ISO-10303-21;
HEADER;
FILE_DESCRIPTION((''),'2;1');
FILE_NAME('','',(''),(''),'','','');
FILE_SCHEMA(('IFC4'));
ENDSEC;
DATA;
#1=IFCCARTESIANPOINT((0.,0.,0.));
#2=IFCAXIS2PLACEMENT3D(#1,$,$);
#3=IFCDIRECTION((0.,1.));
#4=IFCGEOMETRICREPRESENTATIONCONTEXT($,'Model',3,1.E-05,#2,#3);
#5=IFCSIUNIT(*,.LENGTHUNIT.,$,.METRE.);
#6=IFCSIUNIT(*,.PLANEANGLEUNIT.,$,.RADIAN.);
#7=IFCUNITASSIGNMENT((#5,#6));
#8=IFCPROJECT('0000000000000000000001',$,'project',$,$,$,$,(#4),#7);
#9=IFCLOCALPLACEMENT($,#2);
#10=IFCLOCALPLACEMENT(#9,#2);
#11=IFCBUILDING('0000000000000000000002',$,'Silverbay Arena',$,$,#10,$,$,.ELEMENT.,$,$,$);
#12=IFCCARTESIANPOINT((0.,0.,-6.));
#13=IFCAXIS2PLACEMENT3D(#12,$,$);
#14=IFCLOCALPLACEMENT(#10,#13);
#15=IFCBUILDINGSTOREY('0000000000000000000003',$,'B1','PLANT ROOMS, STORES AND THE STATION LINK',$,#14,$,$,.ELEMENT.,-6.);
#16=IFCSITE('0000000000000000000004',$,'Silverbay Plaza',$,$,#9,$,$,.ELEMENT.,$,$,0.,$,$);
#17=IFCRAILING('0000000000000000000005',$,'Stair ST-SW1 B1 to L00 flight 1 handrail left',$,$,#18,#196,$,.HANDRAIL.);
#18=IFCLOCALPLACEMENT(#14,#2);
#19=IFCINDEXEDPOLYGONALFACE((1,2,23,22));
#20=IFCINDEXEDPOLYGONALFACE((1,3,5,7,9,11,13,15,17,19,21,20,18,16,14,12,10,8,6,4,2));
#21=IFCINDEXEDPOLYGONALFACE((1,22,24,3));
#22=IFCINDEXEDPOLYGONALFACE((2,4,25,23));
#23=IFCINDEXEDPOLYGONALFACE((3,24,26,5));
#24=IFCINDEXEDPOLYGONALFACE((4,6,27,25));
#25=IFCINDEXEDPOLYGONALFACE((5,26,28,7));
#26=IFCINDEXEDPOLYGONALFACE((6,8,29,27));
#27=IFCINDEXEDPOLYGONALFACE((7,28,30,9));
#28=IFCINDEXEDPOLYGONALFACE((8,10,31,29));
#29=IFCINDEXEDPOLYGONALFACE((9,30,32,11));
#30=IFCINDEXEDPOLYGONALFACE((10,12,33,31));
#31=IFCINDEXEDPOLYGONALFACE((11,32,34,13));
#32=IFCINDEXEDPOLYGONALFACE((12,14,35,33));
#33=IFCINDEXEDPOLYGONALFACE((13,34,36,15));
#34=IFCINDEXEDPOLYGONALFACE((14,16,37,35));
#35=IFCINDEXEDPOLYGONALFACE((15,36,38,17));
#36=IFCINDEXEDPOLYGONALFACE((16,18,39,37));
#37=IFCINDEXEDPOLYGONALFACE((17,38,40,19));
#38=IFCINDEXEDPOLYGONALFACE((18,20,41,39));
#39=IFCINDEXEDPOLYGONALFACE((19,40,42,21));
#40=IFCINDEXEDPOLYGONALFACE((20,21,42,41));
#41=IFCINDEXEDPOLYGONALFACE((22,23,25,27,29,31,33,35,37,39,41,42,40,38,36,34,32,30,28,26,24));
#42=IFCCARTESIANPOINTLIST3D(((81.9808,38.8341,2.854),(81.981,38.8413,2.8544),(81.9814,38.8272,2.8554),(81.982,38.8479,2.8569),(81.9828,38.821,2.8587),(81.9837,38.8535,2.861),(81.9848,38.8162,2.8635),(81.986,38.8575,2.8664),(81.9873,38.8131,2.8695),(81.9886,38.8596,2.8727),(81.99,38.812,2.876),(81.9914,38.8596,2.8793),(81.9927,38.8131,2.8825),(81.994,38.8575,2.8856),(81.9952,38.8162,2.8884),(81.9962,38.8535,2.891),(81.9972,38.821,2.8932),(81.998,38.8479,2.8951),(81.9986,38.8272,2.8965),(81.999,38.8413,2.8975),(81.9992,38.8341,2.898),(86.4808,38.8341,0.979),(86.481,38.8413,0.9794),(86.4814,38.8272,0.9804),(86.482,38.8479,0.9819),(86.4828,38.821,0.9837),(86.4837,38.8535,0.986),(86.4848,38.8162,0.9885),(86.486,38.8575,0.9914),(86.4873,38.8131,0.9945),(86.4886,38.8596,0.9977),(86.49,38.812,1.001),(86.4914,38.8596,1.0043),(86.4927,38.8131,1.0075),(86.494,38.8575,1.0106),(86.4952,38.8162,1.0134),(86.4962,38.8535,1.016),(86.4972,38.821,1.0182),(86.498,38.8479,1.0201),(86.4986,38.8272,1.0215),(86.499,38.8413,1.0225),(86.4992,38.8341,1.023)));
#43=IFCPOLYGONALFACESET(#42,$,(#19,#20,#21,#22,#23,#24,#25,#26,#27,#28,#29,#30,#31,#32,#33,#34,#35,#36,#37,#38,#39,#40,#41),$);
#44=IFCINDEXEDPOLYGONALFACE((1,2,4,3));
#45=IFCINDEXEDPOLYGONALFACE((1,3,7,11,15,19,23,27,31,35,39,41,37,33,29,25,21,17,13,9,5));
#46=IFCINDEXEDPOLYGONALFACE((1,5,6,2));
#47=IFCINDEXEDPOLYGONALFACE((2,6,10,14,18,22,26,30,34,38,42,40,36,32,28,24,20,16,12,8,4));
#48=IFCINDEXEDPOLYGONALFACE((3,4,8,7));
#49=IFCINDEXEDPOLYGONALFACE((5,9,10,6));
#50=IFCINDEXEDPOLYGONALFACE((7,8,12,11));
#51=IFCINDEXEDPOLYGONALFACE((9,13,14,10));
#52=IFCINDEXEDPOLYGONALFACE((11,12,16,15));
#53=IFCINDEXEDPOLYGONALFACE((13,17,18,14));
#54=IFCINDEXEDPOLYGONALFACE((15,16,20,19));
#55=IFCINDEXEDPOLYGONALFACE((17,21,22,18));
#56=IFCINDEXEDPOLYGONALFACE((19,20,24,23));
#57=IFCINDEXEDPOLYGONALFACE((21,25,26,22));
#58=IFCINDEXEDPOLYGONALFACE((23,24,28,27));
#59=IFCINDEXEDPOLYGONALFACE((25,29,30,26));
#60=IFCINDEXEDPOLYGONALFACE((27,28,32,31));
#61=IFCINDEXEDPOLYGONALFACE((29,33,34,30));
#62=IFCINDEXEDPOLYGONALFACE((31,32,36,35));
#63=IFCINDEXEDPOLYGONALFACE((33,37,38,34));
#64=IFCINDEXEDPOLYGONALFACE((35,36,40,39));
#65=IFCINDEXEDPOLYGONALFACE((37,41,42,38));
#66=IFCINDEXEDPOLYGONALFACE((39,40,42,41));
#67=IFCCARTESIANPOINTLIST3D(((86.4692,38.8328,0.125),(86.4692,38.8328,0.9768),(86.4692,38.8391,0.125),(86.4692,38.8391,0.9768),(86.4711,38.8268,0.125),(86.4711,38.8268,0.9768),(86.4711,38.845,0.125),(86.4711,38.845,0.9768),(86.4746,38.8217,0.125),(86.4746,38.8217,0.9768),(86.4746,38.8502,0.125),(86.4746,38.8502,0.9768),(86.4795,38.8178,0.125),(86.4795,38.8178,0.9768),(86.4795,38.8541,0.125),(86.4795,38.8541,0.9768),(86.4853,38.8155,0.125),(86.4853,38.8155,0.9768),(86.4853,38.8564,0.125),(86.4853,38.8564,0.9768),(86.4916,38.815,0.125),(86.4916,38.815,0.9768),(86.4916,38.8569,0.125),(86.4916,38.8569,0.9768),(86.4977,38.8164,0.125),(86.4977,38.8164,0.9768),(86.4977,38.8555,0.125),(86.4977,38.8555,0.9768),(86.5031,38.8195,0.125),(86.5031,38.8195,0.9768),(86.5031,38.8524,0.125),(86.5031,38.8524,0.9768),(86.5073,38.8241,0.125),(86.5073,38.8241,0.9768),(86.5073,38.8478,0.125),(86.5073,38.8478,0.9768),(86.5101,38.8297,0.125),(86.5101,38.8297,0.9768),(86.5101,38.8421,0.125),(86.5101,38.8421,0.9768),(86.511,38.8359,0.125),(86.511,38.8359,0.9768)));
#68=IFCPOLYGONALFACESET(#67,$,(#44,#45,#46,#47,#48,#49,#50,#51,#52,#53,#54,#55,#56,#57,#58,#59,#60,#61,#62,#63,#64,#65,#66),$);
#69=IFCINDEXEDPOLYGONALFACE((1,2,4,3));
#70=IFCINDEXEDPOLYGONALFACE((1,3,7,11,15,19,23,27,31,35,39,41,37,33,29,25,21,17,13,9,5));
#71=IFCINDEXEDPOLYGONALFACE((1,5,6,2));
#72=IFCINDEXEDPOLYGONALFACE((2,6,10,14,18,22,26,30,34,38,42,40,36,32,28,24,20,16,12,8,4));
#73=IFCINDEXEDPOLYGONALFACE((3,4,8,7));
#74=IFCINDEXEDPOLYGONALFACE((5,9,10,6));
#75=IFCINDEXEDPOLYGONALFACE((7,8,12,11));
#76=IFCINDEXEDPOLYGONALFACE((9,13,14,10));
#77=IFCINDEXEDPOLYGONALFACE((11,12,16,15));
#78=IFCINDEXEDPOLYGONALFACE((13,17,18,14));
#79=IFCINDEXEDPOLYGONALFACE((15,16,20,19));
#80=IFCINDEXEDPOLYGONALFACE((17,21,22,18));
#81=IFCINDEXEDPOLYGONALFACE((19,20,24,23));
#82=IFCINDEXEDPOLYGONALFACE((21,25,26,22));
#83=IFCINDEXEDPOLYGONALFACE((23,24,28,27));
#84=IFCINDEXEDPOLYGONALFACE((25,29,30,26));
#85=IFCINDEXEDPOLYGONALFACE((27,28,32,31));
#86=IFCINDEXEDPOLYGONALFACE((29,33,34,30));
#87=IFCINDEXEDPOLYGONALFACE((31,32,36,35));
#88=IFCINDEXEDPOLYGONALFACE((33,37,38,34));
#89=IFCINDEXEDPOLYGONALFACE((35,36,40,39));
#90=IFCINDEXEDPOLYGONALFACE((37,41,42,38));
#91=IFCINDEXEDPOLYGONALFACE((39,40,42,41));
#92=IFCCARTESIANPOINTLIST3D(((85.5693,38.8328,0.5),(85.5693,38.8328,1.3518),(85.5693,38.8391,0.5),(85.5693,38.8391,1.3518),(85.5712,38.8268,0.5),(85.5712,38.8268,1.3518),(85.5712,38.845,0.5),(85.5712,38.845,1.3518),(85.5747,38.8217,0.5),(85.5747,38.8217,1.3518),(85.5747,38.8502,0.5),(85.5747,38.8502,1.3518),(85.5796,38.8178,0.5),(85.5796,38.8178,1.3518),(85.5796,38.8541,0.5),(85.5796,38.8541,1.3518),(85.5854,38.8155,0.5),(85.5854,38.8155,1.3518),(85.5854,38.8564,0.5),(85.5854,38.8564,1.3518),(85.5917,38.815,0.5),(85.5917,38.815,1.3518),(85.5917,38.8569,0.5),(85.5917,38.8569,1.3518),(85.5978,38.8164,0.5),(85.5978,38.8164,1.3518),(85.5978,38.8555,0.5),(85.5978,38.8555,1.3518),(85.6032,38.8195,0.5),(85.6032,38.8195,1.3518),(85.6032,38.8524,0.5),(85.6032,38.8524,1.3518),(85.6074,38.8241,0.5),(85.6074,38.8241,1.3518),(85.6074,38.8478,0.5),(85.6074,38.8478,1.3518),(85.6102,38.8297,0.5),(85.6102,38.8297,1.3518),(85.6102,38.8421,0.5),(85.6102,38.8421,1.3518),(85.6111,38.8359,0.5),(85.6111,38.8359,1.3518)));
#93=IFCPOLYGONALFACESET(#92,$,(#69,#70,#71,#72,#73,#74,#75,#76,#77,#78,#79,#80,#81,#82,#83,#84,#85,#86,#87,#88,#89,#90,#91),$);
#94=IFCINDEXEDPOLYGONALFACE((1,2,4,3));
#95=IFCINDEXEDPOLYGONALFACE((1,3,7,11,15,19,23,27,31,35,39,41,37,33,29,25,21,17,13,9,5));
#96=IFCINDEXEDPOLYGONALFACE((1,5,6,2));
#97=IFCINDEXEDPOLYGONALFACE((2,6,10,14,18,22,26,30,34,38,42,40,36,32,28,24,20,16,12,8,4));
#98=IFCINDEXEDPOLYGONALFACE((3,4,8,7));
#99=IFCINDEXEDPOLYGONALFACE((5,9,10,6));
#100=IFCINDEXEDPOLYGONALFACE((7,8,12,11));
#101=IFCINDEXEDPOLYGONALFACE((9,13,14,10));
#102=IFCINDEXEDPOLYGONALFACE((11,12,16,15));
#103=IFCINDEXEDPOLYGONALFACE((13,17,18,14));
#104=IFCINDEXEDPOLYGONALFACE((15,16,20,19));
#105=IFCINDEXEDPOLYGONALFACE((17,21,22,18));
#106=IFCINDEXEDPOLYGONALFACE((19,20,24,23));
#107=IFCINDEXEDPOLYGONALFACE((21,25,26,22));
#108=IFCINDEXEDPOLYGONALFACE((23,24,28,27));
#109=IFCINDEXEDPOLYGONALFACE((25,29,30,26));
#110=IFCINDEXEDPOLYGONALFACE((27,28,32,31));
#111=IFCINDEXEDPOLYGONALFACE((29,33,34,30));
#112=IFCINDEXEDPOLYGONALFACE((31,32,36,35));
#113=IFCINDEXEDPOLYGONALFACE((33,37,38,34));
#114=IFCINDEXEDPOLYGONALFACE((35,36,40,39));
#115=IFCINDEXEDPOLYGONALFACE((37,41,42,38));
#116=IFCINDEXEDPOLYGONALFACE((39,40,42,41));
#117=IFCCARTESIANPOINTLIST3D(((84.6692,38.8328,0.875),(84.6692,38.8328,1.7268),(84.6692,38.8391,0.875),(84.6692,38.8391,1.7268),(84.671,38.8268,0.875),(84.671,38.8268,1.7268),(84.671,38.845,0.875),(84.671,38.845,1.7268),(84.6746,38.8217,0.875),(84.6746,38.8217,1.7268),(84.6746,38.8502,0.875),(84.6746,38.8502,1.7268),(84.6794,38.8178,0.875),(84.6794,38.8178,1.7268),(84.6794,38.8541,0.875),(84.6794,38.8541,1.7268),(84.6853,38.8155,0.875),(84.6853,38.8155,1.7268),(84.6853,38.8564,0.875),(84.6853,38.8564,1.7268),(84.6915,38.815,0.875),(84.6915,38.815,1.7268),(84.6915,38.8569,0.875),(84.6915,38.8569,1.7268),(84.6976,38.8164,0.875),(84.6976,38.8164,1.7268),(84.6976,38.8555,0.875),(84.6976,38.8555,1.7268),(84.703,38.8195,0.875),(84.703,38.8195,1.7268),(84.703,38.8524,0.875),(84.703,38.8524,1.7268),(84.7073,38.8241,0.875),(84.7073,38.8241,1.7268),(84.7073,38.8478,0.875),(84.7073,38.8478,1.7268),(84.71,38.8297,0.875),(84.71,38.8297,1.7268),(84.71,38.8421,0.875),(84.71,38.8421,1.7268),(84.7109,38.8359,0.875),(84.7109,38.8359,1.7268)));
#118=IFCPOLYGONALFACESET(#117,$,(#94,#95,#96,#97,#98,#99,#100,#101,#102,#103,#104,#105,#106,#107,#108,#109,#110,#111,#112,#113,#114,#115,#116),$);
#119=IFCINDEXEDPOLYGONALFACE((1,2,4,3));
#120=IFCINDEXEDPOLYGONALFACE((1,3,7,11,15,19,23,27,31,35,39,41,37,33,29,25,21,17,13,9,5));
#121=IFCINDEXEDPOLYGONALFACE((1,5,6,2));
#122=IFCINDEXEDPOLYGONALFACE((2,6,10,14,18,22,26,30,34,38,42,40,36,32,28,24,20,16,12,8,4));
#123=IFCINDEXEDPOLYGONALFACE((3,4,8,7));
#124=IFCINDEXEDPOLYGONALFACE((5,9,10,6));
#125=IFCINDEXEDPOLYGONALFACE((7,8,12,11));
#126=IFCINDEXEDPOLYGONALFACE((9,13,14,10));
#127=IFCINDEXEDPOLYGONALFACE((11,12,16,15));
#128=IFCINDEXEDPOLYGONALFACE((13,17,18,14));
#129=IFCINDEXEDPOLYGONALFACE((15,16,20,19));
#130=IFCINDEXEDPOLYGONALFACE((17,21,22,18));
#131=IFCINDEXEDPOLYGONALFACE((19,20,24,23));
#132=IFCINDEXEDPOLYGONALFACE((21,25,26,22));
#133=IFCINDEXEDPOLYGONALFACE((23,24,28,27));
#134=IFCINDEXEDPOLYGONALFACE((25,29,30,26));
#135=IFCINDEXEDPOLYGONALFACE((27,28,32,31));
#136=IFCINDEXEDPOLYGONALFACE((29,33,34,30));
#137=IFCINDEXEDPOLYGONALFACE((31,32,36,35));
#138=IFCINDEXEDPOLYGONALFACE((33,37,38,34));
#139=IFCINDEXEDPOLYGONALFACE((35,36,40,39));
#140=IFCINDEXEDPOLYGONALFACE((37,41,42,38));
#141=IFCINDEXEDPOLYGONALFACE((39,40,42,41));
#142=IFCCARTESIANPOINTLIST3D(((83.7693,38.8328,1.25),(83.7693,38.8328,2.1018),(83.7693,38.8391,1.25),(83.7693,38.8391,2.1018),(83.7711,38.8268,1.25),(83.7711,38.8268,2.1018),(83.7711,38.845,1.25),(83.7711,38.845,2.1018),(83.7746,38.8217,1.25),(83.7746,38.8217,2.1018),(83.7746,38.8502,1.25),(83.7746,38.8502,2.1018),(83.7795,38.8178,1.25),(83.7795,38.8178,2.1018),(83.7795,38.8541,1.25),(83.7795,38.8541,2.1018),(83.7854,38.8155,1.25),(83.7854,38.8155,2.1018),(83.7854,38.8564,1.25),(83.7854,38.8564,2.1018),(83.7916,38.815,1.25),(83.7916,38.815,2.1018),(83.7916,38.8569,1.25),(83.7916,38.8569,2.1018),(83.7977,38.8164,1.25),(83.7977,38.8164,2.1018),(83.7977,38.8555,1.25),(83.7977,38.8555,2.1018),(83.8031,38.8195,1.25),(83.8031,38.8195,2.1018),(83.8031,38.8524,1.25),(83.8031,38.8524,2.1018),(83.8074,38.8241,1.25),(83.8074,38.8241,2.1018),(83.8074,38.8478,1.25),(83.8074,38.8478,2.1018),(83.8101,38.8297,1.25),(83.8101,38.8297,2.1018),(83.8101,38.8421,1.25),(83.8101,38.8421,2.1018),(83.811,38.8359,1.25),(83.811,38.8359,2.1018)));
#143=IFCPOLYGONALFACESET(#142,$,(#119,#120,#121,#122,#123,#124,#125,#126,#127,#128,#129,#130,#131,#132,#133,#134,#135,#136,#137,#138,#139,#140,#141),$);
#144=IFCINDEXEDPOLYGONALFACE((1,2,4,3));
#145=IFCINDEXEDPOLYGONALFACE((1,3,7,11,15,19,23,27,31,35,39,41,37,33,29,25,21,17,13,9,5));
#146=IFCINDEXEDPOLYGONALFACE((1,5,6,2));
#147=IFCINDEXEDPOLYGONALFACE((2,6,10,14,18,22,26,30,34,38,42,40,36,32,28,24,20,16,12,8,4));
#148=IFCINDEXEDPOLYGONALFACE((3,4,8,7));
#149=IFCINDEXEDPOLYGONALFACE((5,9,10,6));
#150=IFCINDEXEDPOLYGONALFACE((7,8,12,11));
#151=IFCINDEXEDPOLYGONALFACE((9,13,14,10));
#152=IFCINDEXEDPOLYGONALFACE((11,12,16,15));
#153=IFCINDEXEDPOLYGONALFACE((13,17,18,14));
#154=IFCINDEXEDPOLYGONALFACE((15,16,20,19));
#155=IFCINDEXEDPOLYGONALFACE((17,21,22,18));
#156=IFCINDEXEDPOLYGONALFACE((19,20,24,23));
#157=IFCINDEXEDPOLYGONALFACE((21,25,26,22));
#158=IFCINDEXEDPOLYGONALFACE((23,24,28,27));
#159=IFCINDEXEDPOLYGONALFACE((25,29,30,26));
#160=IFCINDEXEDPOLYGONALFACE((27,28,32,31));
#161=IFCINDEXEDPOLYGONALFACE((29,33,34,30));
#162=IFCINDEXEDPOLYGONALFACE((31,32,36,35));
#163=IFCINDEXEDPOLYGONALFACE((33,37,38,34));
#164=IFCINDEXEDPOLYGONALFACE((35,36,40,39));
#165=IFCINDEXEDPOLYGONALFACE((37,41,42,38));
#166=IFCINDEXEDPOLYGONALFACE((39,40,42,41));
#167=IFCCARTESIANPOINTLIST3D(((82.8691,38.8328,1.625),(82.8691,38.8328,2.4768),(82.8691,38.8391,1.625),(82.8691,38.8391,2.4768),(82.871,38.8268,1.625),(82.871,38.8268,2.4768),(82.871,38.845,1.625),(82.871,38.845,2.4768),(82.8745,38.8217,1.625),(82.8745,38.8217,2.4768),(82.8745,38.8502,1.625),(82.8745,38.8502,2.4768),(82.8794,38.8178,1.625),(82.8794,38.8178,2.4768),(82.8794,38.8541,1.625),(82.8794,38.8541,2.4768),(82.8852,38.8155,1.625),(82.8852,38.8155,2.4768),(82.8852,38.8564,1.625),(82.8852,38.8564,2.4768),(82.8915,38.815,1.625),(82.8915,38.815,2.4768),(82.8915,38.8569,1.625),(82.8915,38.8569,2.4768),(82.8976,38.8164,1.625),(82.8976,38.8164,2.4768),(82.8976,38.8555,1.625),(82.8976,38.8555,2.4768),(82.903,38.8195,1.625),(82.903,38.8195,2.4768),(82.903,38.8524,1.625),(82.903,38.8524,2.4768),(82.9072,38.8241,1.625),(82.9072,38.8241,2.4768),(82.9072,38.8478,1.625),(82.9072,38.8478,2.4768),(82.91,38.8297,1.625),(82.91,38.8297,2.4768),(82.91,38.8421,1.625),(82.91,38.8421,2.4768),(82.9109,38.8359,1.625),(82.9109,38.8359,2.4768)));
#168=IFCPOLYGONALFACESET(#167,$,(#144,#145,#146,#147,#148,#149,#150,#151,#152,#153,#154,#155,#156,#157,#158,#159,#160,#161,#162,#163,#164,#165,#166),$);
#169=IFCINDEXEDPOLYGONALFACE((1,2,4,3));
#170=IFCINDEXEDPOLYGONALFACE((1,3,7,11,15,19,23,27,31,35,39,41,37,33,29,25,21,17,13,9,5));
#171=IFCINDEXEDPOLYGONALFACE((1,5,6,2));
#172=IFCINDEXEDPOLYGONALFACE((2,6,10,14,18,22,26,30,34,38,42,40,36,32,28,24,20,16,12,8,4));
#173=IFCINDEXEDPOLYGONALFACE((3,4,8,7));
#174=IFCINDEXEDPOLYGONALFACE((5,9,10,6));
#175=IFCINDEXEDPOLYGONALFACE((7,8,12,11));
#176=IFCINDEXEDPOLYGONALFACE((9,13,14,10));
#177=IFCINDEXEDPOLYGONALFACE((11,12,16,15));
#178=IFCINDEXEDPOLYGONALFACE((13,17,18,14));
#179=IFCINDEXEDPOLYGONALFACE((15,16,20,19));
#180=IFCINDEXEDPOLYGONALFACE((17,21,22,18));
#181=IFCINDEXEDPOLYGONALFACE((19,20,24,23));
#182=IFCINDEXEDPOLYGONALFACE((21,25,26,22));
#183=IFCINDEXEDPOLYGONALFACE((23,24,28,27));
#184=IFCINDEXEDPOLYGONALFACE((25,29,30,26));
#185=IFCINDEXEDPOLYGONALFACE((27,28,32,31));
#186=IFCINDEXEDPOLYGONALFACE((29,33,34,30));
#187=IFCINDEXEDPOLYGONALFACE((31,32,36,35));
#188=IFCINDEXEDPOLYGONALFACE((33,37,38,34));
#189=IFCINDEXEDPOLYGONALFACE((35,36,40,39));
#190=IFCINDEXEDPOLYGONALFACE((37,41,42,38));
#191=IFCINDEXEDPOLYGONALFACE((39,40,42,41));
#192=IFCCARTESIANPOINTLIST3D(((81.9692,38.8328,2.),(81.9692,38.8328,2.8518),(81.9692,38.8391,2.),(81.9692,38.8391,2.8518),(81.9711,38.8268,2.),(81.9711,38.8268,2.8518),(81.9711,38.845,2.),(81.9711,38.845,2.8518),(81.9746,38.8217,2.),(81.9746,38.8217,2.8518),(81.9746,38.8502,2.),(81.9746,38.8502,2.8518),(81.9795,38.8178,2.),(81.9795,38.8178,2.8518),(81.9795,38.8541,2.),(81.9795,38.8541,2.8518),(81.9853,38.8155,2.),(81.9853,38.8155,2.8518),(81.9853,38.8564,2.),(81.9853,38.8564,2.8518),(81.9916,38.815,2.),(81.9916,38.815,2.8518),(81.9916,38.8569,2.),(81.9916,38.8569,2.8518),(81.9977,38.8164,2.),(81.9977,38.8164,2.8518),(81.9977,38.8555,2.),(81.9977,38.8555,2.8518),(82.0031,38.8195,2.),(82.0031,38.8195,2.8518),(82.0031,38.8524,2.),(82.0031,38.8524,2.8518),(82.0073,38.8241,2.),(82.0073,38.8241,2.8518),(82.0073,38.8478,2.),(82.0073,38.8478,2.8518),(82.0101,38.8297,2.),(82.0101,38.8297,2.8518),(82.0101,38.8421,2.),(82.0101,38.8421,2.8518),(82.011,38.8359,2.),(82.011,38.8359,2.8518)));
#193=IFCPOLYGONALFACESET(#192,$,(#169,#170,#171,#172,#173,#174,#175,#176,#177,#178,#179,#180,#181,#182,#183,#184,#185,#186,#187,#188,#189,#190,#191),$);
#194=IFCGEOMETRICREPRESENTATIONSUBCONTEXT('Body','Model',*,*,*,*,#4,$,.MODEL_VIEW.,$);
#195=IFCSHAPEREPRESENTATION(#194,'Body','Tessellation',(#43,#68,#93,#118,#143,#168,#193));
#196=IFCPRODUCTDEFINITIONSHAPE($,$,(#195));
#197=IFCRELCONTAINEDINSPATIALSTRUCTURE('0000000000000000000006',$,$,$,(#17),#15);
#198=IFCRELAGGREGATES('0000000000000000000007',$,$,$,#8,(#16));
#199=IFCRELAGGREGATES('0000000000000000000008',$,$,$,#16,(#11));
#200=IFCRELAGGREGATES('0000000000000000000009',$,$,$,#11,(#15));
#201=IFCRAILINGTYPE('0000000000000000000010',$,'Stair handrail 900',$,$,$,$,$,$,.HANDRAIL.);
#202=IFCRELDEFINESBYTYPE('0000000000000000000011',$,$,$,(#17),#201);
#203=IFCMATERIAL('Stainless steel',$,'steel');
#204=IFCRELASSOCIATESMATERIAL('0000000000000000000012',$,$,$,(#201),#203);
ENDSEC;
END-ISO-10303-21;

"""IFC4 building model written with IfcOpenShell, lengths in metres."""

from ifc_helpers import new_model, si_unit, direction, frame, origin, origin_2d, place, context, subcontext, project, spatial, circle, extrude, material, type_object, element, save


model = new_model("IFC4")

# Units and contexts
model_context = context("Model", 3, precision=1e-05, world=origin(), true_north=direction((0.0, 1.0)))
body_context = subcontext(model_context, "Body", "Model", "MODEL_VIEW")
ifc_project = project(units=[si_unit("LENGTHUNIT", "METRE"), si_unit("PLANEANGLEUNIT", "RADIAN")], contexts=[model_context])

# Site, building, storey
site_placement = place(None, origin())
site = spatial("IfcSite", under=ifc_project, at=site_placement, Name="Silverbay Plaza", CompositionType="ELEMENT", RefElevation=0.0)
building_placement = place(site_placement, origin())
building = spatial("IfcBuilding", under=site, at=building_placement, Name="Silverbay Arena", CompositionType="ELEMENT")
storey_placement = place(building_placement, frame((0.0, 0.0, -6.0)))
storey = spatial("IfcBuildingStorey", under=building, at=storey_placement, Name="B1", Description="PLANT ROOMS, STORES AND THE STATION LINK", CompositionType="ELEMENT", Elevation=-6.0)

# Railing
ifc_material_1 = material(Name="Stainless steel", Category="steel")
railing_type_1 = type_object("IfcRailingType", Name="Stair handrail 900", PredefinedType="HANDRAIL", material=ifc_material_1)
railing_1_placement = place(storey_placement, frame((86.49, 38.8359, 0.125)))
element("IfcRailing", 1, at=railing_1_placement, inside=storey, type_object=railing_type_1, Name="Stair ST-SW1 B1 to L00 flight 1 handrail left", PredefinedType="HANDRAIL", context=body_context, shape_type="SweptSolid", body=[
    extrude(circle(Radius=0.0239, at=origin_2d()), frame((0.0, 0.0, 0.876), z_axis=(-0.923077, 0.0, 0.384615), x_axis=(0.0, -1.0, 0.0)), (0.0, 0.0, 1.0), 4.875),
    extrude(circle(Radius=0.021, at=origin_2d()), origin(), (0.0, 0.0, 1.0), 0.8518),
    extrude(circle(Radius=0.021, at=origin_2d()), frame((-0.8999, 0.0, 0.375)), (0.0, 0.0, 1.0), 0.8518),
    extrude(circle(Radius=0.021, at=origin_2d()), frame((-1.8, 0.0, 0.75)), (0.0, 0.0, 1.0), 0.8518),
    extrude(circle(Radius=0.021, at=origin_2d()), frame((-2.7, 0.0, 1.125)), (0.0, 0.0, 1.0), 0.8518),
    extrude(circle(Radius=0.021, at=origin_2d()), frame((-3.6001, 0.0, 1.5)), (0.0, 0.0, 1.0), 0.8518),
    extrude(circle(Radius=0.021, at=origin_2d()), frame((-4.5, 0.0, 1.875)), (0.0, 0.0, 1.0), 0.8518),
])

save(model, "model.ifc")
